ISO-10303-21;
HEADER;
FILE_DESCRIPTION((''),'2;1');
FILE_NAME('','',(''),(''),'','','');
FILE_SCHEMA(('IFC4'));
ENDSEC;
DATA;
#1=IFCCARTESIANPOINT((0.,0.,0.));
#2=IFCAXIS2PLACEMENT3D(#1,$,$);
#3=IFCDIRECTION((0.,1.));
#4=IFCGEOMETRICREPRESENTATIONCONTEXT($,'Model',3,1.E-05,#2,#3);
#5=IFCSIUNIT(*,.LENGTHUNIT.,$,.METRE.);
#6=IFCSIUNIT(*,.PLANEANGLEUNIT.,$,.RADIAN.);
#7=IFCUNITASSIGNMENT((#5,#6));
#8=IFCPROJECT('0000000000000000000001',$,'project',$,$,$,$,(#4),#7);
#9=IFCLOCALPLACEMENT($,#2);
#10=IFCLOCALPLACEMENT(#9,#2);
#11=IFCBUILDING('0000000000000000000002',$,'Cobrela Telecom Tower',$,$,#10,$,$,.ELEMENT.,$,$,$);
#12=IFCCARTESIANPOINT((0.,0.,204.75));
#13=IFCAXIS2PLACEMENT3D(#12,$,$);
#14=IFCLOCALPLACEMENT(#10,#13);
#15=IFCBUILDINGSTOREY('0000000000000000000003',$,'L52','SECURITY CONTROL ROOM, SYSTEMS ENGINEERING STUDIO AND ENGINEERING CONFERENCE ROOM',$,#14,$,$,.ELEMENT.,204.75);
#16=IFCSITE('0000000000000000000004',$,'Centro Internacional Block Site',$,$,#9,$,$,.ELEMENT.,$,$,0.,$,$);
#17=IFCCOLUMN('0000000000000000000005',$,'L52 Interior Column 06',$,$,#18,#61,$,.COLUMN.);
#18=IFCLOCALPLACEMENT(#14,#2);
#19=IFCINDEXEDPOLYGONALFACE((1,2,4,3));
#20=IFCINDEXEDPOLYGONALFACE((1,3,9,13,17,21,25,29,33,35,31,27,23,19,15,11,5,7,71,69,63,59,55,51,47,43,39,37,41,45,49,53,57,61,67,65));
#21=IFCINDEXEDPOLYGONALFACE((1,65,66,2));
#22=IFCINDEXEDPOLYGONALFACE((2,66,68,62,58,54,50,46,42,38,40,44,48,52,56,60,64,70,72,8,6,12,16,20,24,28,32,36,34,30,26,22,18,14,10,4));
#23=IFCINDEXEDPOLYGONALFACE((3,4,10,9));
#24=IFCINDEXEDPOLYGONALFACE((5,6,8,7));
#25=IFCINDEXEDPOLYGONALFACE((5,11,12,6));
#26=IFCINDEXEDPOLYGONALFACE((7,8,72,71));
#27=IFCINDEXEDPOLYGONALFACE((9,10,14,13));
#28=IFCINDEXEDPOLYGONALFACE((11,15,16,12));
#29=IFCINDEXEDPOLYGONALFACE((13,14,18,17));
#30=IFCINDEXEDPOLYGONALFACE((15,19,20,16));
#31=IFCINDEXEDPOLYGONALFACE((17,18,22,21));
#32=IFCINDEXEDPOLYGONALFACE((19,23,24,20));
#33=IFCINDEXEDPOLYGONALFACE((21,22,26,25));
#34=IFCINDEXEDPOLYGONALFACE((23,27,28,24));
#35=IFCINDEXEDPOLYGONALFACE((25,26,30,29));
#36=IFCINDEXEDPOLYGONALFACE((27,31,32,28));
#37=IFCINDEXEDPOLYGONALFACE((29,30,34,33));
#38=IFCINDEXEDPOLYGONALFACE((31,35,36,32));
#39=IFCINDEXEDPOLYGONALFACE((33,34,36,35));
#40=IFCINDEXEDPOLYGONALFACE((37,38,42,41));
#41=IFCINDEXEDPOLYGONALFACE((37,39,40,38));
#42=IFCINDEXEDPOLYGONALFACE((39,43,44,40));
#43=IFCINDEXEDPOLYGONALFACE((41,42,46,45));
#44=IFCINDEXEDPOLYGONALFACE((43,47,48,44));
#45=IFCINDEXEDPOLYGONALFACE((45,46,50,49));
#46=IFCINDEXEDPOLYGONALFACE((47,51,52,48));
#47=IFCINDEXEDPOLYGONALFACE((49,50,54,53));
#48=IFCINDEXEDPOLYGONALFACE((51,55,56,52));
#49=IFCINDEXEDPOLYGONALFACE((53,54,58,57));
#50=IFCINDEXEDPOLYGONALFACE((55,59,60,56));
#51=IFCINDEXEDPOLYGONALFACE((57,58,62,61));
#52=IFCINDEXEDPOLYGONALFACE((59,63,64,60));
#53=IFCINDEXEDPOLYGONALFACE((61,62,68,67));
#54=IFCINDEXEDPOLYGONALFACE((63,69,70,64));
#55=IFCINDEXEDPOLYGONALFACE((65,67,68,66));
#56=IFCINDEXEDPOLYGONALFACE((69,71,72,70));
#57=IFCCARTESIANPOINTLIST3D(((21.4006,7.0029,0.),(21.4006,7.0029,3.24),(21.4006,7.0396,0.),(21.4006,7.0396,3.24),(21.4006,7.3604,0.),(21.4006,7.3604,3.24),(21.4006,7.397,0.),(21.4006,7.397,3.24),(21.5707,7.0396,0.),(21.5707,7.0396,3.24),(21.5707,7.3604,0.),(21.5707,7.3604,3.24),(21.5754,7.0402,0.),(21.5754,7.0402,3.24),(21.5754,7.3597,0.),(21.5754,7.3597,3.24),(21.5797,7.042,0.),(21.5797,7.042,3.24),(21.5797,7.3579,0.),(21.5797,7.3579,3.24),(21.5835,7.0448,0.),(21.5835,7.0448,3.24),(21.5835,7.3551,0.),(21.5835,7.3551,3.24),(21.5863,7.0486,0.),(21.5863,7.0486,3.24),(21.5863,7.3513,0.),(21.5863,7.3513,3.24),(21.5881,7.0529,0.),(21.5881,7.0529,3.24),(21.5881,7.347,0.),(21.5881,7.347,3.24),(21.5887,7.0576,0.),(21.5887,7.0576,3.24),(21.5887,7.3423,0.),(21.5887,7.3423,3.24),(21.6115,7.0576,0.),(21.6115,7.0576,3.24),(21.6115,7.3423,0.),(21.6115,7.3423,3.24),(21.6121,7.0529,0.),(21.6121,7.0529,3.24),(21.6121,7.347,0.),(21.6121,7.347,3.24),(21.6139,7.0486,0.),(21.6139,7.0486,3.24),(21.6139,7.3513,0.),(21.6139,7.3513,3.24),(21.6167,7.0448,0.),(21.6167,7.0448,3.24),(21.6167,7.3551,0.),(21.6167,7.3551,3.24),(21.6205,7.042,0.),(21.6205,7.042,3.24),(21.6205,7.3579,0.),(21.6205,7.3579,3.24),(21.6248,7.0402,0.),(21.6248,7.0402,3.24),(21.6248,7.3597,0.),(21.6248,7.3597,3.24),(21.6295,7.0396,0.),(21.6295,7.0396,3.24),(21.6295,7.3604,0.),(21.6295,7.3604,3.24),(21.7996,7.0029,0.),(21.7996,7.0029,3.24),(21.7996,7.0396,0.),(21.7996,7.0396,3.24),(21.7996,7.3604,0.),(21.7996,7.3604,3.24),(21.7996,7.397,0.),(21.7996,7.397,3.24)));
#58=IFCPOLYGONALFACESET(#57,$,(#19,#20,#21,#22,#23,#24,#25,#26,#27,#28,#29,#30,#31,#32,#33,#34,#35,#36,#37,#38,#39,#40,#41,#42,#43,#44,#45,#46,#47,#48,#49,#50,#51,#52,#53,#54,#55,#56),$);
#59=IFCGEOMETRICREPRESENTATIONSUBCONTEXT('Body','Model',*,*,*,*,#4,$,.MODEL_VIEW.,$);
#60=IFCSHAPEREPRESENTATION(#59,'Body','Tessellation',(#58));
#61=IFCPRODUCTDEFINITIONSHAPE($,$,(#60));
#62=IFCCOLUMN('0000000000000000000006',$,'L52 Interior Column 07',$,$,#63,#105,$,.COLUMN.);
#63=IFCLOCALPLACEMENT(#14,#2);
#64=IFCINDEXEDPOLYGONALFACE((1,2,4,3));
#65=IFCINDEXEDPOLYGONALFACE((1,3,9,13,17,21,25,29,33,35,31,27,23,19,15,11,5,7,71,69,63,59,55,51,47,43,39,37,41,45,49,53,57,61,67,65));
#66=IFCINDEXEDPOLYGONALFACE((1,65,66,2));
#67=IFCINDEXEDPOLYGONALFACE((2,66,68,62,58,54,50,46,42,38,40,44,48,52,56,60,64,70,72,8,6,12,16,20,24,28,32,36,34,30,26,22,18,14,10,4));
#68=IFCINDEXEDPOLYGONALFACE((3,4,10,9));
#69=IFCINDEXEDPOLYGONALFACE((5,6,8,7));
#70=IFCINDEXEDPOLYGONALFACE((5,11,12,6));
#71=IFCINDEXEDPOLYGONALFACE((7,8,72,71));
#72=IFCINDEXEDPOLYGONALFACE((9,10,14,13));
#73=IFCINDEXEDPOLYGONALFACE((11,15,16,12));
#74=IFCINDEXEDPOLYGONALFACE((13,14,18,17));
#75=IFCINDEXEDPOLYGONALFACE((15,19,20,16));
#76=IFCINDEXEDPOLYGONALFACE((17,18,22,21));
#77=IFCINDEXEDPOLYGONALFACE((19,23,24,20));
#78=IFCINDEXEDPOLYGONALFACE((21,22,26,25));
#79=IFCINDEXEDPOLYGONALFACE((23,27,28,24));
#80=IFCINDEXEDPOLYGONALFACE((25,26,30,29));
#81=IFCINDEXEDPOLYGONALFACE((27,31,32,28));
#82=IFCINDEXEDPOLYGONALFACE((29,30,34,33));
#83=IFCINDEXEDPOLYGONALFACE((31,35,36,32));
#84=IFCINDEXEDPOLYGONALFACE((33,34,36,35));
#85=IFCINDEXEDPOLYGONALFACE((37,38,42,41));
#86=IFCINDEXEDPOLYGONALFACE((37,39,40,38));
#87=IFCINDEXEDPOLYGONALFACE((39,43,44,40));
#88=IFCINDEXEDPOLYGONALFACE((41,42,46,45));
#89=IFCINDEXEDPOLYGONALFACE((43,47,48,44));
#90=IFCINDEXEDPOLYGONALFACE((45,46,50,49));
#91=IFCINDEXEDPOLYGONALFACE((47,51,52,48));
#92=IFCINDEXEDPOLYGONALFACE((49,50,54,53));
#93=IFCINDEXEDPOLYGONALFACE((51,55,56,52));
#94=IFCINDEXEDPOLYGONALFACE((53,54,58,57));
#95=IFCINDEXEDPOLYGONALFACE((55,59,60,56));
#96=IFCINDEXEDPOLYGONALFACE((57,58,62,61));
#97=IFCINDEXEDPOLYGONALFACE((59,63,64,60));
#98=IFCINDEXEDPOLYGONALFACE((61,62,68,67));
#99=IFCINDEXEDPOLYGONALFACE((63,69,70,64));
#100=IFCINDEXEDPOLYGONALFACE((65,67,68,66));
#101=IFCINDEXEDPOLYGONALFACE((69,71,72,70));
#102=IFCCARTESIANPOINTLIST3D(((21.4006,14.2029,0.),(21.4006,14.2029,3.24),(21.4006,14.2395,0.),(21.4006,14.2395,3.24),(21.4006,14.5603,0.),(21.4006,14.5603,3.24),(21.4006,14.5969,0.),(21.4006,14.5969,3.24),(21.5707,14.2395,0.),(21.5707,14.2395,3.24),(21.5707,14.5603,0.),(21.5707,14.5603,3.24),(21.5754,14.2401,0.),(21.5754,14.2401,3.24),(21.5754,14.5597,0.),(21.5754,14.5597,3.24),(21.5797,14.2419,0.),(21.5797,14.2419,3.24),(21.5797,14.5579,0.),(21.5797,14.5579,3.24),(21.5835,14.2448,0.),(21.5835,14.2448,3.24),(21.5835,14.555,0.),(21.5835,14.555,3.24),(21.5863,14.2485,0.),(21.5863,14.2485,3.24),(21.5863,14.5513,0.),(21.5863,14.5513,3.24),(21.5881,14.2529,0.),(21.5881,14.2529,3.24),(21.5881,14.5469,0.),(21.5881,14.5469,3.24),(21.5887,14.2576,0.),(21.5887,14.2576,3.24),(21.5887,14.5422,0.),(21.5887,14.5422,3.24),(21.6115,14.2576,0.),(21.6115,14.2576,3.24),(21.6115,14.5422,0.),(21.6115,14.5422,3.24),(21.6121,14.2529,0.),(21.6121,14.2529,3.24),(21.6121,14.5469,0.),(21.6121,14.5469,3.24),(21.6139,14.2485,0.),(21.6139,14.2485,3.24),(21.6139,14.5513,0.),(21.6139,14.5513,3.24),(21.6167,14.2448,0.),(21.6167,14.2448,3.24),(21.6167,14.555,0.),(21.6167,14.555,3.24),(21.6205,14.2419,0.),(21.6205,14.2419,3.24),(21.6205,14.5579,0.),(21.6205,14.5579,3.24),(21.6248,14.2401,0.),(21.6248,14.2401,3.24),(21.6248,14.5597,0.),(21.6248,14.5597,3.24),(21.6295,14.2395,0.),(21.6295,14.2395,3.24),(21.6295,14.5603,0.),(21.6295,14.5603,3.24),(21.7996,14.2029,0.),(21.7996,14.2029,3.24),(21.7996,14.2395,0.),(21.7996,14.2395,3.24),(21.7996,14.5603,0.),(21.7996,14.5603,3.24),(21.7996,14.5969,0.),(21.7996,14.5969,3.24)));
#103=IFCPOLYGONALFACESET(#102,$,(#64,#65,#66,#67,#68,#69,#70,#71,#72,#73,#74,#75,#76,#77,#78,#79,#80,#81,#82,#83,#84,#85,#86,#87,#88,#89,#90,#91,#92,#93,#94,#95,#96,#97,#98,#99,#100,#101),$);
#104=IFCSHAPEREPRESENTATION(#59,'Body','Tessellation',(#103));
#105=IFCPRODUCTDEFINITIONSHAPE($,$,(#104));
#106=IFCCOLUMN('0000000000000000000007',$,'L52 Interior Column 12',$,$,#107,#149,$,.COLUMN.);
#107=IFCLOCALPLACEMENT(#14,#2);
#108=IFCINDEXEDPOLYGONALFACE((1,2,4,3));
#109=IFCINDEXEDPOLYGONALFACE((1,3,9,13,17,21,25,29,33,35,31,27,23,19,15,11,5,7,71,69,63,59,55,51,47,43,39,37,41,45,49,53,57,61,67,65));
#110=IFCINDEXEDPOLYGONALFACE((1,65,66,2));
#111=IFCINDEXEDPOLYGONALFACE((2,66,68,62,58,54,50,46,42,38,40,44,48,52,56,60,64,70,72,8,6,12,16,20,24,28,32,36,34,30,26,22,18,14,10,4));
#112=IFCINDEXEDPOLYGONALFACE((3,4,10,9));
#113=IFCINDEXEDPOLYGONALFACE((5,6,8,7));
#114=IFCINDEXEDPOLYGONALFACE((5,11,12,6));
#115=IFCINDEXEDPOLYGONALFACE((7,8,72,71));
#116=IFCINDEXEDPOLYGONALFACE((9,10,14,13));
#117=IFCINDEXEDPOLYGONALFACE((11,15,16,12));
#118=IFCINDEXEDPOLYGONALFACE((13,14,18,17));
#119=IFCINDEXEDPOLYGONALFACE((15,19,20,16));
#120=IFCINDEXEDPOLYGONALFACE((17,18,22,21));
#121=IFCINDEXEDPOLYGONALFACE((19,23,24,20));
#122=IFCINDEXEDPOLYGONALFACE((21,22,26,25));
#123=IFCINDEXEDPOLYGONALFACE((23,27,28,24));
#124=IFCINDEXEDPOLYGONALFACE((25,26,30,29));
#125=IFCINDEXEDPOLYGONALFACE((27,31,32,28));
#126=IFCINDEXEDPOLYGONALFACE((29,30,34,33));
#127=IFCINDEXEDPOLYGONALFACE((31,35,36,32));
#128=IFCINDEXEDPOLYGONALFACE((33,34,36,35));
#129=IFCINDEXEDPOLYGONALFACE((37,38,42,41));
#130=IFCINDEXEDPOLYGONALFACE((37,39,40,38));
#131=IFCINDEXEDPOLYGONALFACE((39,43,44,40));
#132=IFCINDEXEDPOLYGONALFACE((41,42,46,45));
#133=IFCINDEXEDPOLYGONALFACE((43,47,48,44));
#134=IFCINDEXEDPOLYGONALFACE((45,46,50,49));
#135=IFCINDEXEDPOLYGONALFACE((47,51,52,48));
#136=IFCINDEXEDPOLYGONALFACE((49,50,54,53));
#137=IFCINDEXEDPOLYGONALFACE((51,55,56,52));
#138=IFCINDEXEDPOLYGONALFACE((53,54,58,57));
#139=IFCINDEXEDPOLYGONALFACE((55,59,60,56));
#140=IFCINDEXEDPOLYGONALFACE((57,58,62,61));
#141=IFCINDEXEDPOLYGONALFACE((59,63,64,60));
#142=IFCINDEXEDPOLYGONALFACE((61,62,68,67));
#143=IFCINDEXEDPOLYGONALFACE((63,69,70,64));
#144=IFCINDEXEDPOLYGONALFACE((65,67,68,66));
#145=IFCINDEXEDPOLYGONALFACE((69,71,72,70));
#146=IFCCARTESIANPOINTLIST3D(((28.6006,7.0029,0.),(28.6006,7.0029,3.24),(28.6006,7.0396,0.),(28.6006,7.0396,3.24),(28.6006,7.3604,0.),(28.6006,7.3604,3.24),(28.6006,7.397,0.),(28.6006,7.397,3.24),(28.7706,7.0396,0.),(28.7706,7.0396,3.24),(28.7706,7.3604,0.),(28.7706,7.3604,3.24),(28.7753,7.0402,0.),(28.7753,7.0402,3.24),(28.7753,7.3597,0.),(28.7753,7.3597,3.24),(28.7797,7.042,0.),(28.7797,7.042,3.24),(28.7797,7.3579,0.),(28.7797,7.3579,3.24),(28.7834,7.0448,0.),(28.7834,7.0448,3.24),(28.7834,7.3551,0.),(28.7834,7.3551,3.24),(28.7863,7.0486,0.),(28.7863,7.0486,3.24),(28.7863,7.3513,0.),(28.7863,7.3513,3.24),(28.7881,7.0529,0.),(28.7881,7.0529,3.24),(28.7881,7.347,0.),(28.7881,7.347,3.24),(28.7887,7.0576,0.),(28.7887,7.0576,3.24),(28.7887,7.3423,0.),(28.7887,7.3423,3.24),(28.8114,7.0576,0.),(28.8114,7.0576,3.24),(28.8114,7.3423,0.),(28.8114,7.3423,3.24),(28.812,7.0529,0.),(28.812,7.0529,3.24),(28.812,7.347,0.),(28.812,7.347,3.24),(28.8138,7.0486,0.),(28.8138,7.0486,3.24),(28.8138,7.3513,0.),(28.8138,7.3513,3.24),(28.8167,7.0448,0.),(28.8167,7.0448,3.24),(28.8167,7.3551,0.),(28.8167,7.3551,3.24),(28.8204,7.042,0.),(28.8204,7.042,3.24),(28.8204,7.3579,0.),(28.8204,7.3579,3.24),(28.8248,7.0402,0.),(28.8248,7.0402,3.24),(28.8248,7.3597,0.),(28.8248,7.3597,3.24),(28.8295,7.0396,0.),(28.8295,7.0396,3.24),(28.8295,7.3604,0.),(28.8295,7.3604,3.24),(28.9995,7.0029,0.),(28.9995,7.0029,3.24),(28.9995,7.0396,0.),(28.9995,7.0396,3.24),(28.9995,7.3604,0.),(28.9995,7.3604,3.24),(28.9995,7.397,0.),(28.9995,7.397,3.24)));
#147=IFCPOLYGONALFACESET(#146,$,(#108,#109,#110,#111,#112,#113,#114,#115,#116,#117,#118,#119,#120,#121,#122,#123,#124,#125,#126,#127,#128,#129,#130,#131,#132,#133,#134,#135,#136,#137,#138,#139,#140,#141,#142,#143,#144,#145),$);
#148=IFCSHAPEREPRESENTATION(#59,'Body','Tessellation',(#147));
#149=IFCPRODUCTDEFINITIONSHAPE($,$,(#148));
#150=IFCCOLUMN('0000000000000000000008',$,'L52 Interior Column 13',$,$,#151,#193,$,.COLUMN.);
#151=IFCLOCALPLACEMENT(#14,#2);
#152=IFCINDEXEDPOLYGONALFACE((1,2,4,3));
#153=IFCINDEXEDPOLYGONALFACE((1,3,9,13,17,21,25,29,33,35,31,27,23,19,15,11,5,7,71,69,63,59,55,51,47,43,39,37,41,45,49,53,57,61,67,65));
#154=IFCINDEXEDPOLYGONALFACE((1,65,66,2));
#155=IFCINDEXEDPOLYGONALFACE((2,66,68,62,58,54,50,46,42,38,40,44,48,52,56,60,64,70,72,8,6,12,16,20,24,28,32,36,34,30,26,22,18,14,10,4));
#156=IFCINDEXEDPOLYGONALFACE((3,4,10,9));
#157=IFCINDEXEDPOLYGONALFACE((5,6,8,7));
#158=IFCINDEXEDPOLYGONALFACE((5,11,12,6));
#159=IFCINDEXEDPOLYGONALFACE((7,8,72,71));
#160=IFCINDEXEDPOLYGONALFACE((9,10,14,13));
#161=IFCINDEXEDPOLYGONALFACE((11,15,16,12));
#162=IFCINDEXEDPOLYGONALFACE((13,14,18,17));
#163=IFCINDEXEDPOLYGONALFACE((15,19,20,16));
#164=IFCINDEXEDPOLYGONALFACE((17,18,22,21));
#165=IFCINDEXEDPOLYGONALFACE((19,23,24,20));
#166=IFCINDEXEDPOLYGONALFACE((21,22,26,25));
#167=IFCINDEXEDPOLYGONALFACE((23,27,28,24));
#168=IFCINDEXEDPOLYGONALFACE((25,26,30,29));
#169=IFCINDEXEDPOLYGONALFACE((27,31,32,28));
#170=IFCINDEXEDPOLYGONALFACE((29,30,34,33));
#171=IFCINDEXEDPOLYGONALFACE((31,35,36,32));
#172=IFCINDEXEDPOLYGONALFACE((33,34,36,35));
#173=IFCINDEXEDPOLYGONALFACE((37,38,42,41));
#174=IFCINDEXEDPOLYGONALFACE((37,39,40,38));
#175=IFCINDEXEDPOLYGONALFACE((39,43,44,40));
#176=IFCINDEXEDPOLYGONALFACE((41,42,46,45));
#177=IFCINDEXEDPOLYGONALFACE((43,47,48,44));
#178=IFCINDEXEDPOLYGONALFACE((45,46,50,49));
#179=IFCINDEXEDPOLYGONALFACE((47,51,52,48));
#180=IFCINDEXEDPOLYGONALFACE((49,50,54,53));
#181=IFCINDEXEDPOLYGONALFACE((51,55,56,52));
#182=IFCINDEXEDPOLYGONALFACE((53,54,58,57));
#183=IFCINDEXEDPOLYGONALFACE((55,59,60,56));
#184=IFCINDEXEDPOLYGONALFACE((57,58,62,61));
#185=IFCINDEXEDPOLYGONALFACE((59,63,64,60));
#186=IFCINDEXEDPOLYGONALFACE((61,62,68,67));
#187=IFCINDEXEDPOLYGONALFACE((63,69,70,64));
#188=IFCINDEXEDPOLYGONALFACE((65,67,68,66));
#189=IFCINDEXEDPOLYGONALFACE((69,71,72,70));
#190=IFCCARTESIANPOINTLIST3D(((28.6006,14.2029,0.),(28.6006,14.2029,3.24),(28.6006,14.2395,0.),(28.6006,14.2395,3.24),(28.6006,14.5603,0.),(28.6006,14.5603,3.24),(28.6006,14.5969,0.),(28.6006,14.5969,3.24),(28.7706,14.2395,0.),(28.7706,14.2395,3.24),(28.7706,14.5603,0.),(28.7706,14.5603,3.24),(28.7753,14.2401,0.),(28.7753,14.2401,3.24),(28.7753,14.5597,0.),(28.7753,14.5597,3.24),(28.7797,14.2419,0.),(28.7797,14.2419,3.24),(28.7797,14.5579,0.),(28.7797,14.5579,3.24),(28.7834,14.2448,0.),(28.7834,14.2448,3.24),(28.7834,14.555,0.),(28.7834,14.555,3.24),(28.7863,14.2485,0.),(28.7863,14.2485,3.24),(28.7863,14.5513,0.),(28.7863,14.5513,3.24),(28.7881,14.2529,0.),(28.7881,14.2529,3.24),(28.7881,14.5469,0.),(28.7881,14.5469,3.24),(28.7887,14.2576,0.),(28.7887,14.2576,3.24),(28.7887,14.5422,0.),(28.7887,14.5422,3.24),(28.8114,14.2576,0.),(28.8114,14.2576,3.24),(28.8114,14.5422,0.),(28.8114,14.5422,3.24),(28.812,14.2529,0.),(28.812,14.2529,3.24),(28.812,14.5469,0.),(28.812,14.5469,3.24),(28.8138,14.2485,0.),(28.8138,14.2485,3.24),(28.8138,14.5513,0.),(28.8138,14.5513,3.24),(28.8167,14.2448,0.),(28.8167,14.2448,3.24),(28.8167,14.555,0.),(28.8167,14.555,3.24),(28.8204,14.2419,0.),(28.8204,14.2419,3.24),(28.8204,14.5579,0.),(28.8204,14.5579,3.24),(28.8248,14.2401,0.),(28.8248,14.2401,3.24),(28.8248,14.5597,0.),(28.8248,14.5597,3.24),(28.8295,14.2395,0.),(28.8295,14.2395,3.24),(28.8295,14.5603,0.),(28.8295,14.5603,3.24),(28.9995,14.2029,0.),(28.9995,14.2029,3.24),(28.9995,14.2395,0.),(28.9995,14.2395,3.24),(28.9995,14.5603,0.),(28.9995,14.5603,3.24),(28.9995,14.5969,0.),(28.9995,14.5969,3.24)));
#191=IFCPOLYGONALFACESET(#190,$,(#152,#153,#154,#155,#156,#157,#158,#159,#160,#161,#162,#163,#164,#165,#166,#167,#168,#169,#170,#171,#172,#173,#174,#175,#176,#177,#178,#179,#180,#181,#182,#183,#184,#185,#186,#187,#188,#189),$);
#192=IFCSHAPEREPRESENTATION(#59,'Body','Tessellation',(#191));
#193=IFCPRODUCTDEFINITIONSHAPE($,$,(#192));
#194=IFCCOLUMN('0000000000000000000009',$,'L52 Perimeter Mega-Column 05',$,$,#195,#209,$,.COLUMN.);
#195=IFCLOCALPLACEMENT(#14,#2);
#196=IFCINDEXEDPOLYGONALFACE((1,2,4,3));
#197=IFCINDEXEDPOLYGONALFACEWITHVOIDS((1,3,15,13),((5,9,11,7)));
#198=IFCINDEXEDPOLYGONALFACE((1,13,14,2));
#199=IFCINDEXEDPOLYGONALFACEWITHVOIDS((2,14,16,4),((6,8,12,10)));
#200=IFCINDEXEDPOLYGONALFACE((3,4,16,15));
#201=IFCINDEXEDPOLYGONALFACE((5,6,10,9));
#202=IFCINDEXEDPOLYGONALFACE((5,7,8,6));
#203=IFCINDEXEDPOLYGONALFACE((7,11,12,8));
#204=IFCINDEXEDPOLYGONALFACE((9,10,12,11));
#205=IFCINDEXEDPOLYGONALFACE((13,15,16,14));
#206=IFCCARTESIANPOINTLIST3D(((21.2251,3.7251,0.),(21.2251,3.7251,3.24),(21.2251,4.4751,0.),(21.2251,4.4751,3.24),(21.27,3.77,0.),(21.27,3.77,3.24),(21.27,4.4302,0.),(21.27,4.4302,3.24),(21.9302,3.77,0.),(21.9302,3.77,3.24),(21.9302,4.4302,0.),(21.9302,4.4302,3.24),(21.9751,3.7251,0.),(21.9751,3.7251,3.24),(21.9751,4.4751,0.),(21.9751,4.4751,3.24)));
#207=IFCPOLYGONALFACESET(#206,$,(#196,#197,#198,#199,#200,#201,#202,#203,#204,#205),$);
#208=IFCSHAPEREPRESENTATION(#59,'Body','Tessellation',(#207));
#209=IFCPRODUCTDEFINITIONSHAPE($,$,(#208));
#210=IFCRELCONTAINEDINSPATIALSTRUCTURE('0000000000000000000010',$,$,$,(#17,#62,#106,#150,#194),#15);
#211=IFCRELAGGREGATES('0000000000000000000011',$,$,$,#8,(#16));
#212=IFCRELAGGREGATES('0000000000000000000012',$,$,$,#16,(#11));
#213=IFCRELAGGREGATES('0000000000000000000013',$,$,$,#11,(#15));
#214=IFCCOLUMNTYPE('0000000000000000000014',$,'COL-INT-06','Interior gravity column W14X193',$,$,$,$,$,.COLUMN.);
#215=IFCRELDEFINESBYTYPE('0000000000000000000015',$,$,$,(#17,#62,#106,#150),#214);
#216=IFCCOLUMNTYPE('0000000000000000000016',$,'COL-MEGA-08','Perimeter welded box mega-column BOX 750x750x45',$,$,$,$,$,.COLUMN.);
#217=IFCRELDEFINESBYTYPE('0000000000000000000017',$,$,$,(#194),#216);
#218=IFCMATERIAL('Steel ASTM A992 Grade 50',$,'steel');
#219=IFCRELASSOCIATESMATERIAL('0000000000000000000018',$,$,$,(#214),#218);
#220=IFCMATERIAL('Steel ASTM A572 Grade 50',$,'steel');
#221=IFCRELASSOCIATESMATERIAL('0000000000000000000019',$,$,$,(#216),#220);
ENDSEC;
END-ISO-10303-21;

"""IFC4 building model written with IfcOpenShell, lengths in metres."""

from ifc_helpers import new_model, si_unit, direction, frame, origin, origin_2d, place, context, subcontext, project, spatial, hollow_rectangle, i_section, extrude, material, material_profile, profile_set, type_object, element, save


model = new_model("IFC4")

# Units and contexts
model_context = context("Model", 3, precision=1e-05, world=origin(), true_north=direction((0.0, 1.0)))
body_context = subcontext(model_context, "Body", "Model", "MODEL_VIEW")
ifc_project = project(units=[si_unit("LENGTHUNIT", "METRE"), si_unit("PLANEANGLEUNIT", "RADIAN")], contexts=[model_context])

# Site, building, storey
site_placement = place(None, origin())
site = spatial("IfcSite", under=ifc_project, at=site_placement, Name="Centro Internacional Block Site", CompositionType="ELEMENT", RefElevation=0.0)
building_placement = place(site_placement, origin())
building = spatial("IfcBuilding", under=site, at=building_placement, Name="Cobrela Telecom Tower", CompositionType="ELEMENT")
storey_placement = place(building_placement, frame((0.0, 0.0, 204.75)))
storey = spatial("IfcBuildingStorey", under=building, at=storey_placement, Name="L52", Description="SECURITY CONTROL ROOM, SYSTEMS ENGINEERING STUDIO AND ENGINEERING CONFERENCE ROOM", CompositionType="ELEMENT", Elevation=204.75)

# Columns
ifc_material_1 = material(Name="Steel ASTM A992 Grade 50", Category="steel")
ifc_material_profile_1 = material_profile(ifc_material_1, i_section(OverallWidth=0.3989, OverallDepth=0.394, WebThickness=0.0227, FlangeThickness=0.0366, FilletRadius=0.0181, at=origin_2d()), Name="W14X193")
ifc_profile_set_1 = profile_set([ifc_material_profile_1], Name="Steel ASTM A992 Grade 50")
column_type_1 = type_object("IfcColumnType", Name="COL-INT-06", Description="Interior gravity column W14X193", PredefinedType="COLUMN", material=ifc_profile_set_1)
for number, where, z_axis, x_axis, name in (
    (1, (21.6001, 7.2, 0.0), (0.0, 0.0, 1.0), (1.0, 0.0, 0.0), "L52 Interior Column 06"),
    (2, (21.6001, 14.3999, 0.0), (0.0, 0.0, 1.0), (1.0, 0.0, 0.0), "L52 Interior Column 07"),
    (3, (28.8, 7.2, 0.0), (0.0, 0.0, 1.0), (1.0, 0.0, 0.0), "L52 Interior Column 12"),
    (4, (28.8, 14.3999, 0.0), (0.0, 0.0, 1.0), (1.0, 0.0, 0.0), "L52 Interior Column 13"),
):
    element("IfcColumn", number, at=place(storey_placement, frame(where, z_axis=z_axis, x_axis=x_axis)), inside=storey, type_object=column_type_1, Name=name, PredefinedType="COLUMN", context=body_context, shape_type="SweptSolid", body=[
        extrude(i_section(OverallWidth=0.3989, OverallDepth=0.394, WebThickness=0.0227, FlangeThickness=0.0366, FilletRadius=0.0181, at=origin_2d()), origin(), (0.0, 0.0, 1.0), 3.24),
    ])
ifc_material_2 = material(Name="Steel ASTM A572 Grade 50", Category="steel")
ifc_material_profile_2 = material_profile(ifc_material_2, hollow_rectangle(XDim=0.75, YDim=0.75, WallThickness=0.0449, at=origin_2d()), Name="BOX 750x750x45")
ifc_profile_set_2 = profile_set([ifc_material_profile_2], Name="Steel ASTM A572 Grade 50")
column_type_2 = type_object("IfcColumnType", Name="COL-MEGA-08", Description="Perimeter welded box mega-column BOX 750x750x45", PredefinedType="COLUMN", material=ifc_profile_set_2)
for number, where, z_axis, x_axis, name in (
    (5, (21.6001, 4.1001, 0.0), (0.0, 0.0, 1.0), (1.0, 0.0, 0.0), "L52 Perimeter Mega-Column 05"),
):
    element("IfcColumn", number, at=place(storey_placement, frame(where, z_axis=z_axis, x_axis=x_axis)), inside=storey, type_object=column_type_2, Name=name, PredefinedType="COLUMN", context=body_context, shape_type="SweptSolid", body=[
        extrude(hollow_rectangle(XDim=0.75, YDim=0.75, WallThickness=0.0449, at=origin_2d()), origin(), (0.0, 0.0, 1.0), 3.24),
    ])

save(model, "model.ifc")
